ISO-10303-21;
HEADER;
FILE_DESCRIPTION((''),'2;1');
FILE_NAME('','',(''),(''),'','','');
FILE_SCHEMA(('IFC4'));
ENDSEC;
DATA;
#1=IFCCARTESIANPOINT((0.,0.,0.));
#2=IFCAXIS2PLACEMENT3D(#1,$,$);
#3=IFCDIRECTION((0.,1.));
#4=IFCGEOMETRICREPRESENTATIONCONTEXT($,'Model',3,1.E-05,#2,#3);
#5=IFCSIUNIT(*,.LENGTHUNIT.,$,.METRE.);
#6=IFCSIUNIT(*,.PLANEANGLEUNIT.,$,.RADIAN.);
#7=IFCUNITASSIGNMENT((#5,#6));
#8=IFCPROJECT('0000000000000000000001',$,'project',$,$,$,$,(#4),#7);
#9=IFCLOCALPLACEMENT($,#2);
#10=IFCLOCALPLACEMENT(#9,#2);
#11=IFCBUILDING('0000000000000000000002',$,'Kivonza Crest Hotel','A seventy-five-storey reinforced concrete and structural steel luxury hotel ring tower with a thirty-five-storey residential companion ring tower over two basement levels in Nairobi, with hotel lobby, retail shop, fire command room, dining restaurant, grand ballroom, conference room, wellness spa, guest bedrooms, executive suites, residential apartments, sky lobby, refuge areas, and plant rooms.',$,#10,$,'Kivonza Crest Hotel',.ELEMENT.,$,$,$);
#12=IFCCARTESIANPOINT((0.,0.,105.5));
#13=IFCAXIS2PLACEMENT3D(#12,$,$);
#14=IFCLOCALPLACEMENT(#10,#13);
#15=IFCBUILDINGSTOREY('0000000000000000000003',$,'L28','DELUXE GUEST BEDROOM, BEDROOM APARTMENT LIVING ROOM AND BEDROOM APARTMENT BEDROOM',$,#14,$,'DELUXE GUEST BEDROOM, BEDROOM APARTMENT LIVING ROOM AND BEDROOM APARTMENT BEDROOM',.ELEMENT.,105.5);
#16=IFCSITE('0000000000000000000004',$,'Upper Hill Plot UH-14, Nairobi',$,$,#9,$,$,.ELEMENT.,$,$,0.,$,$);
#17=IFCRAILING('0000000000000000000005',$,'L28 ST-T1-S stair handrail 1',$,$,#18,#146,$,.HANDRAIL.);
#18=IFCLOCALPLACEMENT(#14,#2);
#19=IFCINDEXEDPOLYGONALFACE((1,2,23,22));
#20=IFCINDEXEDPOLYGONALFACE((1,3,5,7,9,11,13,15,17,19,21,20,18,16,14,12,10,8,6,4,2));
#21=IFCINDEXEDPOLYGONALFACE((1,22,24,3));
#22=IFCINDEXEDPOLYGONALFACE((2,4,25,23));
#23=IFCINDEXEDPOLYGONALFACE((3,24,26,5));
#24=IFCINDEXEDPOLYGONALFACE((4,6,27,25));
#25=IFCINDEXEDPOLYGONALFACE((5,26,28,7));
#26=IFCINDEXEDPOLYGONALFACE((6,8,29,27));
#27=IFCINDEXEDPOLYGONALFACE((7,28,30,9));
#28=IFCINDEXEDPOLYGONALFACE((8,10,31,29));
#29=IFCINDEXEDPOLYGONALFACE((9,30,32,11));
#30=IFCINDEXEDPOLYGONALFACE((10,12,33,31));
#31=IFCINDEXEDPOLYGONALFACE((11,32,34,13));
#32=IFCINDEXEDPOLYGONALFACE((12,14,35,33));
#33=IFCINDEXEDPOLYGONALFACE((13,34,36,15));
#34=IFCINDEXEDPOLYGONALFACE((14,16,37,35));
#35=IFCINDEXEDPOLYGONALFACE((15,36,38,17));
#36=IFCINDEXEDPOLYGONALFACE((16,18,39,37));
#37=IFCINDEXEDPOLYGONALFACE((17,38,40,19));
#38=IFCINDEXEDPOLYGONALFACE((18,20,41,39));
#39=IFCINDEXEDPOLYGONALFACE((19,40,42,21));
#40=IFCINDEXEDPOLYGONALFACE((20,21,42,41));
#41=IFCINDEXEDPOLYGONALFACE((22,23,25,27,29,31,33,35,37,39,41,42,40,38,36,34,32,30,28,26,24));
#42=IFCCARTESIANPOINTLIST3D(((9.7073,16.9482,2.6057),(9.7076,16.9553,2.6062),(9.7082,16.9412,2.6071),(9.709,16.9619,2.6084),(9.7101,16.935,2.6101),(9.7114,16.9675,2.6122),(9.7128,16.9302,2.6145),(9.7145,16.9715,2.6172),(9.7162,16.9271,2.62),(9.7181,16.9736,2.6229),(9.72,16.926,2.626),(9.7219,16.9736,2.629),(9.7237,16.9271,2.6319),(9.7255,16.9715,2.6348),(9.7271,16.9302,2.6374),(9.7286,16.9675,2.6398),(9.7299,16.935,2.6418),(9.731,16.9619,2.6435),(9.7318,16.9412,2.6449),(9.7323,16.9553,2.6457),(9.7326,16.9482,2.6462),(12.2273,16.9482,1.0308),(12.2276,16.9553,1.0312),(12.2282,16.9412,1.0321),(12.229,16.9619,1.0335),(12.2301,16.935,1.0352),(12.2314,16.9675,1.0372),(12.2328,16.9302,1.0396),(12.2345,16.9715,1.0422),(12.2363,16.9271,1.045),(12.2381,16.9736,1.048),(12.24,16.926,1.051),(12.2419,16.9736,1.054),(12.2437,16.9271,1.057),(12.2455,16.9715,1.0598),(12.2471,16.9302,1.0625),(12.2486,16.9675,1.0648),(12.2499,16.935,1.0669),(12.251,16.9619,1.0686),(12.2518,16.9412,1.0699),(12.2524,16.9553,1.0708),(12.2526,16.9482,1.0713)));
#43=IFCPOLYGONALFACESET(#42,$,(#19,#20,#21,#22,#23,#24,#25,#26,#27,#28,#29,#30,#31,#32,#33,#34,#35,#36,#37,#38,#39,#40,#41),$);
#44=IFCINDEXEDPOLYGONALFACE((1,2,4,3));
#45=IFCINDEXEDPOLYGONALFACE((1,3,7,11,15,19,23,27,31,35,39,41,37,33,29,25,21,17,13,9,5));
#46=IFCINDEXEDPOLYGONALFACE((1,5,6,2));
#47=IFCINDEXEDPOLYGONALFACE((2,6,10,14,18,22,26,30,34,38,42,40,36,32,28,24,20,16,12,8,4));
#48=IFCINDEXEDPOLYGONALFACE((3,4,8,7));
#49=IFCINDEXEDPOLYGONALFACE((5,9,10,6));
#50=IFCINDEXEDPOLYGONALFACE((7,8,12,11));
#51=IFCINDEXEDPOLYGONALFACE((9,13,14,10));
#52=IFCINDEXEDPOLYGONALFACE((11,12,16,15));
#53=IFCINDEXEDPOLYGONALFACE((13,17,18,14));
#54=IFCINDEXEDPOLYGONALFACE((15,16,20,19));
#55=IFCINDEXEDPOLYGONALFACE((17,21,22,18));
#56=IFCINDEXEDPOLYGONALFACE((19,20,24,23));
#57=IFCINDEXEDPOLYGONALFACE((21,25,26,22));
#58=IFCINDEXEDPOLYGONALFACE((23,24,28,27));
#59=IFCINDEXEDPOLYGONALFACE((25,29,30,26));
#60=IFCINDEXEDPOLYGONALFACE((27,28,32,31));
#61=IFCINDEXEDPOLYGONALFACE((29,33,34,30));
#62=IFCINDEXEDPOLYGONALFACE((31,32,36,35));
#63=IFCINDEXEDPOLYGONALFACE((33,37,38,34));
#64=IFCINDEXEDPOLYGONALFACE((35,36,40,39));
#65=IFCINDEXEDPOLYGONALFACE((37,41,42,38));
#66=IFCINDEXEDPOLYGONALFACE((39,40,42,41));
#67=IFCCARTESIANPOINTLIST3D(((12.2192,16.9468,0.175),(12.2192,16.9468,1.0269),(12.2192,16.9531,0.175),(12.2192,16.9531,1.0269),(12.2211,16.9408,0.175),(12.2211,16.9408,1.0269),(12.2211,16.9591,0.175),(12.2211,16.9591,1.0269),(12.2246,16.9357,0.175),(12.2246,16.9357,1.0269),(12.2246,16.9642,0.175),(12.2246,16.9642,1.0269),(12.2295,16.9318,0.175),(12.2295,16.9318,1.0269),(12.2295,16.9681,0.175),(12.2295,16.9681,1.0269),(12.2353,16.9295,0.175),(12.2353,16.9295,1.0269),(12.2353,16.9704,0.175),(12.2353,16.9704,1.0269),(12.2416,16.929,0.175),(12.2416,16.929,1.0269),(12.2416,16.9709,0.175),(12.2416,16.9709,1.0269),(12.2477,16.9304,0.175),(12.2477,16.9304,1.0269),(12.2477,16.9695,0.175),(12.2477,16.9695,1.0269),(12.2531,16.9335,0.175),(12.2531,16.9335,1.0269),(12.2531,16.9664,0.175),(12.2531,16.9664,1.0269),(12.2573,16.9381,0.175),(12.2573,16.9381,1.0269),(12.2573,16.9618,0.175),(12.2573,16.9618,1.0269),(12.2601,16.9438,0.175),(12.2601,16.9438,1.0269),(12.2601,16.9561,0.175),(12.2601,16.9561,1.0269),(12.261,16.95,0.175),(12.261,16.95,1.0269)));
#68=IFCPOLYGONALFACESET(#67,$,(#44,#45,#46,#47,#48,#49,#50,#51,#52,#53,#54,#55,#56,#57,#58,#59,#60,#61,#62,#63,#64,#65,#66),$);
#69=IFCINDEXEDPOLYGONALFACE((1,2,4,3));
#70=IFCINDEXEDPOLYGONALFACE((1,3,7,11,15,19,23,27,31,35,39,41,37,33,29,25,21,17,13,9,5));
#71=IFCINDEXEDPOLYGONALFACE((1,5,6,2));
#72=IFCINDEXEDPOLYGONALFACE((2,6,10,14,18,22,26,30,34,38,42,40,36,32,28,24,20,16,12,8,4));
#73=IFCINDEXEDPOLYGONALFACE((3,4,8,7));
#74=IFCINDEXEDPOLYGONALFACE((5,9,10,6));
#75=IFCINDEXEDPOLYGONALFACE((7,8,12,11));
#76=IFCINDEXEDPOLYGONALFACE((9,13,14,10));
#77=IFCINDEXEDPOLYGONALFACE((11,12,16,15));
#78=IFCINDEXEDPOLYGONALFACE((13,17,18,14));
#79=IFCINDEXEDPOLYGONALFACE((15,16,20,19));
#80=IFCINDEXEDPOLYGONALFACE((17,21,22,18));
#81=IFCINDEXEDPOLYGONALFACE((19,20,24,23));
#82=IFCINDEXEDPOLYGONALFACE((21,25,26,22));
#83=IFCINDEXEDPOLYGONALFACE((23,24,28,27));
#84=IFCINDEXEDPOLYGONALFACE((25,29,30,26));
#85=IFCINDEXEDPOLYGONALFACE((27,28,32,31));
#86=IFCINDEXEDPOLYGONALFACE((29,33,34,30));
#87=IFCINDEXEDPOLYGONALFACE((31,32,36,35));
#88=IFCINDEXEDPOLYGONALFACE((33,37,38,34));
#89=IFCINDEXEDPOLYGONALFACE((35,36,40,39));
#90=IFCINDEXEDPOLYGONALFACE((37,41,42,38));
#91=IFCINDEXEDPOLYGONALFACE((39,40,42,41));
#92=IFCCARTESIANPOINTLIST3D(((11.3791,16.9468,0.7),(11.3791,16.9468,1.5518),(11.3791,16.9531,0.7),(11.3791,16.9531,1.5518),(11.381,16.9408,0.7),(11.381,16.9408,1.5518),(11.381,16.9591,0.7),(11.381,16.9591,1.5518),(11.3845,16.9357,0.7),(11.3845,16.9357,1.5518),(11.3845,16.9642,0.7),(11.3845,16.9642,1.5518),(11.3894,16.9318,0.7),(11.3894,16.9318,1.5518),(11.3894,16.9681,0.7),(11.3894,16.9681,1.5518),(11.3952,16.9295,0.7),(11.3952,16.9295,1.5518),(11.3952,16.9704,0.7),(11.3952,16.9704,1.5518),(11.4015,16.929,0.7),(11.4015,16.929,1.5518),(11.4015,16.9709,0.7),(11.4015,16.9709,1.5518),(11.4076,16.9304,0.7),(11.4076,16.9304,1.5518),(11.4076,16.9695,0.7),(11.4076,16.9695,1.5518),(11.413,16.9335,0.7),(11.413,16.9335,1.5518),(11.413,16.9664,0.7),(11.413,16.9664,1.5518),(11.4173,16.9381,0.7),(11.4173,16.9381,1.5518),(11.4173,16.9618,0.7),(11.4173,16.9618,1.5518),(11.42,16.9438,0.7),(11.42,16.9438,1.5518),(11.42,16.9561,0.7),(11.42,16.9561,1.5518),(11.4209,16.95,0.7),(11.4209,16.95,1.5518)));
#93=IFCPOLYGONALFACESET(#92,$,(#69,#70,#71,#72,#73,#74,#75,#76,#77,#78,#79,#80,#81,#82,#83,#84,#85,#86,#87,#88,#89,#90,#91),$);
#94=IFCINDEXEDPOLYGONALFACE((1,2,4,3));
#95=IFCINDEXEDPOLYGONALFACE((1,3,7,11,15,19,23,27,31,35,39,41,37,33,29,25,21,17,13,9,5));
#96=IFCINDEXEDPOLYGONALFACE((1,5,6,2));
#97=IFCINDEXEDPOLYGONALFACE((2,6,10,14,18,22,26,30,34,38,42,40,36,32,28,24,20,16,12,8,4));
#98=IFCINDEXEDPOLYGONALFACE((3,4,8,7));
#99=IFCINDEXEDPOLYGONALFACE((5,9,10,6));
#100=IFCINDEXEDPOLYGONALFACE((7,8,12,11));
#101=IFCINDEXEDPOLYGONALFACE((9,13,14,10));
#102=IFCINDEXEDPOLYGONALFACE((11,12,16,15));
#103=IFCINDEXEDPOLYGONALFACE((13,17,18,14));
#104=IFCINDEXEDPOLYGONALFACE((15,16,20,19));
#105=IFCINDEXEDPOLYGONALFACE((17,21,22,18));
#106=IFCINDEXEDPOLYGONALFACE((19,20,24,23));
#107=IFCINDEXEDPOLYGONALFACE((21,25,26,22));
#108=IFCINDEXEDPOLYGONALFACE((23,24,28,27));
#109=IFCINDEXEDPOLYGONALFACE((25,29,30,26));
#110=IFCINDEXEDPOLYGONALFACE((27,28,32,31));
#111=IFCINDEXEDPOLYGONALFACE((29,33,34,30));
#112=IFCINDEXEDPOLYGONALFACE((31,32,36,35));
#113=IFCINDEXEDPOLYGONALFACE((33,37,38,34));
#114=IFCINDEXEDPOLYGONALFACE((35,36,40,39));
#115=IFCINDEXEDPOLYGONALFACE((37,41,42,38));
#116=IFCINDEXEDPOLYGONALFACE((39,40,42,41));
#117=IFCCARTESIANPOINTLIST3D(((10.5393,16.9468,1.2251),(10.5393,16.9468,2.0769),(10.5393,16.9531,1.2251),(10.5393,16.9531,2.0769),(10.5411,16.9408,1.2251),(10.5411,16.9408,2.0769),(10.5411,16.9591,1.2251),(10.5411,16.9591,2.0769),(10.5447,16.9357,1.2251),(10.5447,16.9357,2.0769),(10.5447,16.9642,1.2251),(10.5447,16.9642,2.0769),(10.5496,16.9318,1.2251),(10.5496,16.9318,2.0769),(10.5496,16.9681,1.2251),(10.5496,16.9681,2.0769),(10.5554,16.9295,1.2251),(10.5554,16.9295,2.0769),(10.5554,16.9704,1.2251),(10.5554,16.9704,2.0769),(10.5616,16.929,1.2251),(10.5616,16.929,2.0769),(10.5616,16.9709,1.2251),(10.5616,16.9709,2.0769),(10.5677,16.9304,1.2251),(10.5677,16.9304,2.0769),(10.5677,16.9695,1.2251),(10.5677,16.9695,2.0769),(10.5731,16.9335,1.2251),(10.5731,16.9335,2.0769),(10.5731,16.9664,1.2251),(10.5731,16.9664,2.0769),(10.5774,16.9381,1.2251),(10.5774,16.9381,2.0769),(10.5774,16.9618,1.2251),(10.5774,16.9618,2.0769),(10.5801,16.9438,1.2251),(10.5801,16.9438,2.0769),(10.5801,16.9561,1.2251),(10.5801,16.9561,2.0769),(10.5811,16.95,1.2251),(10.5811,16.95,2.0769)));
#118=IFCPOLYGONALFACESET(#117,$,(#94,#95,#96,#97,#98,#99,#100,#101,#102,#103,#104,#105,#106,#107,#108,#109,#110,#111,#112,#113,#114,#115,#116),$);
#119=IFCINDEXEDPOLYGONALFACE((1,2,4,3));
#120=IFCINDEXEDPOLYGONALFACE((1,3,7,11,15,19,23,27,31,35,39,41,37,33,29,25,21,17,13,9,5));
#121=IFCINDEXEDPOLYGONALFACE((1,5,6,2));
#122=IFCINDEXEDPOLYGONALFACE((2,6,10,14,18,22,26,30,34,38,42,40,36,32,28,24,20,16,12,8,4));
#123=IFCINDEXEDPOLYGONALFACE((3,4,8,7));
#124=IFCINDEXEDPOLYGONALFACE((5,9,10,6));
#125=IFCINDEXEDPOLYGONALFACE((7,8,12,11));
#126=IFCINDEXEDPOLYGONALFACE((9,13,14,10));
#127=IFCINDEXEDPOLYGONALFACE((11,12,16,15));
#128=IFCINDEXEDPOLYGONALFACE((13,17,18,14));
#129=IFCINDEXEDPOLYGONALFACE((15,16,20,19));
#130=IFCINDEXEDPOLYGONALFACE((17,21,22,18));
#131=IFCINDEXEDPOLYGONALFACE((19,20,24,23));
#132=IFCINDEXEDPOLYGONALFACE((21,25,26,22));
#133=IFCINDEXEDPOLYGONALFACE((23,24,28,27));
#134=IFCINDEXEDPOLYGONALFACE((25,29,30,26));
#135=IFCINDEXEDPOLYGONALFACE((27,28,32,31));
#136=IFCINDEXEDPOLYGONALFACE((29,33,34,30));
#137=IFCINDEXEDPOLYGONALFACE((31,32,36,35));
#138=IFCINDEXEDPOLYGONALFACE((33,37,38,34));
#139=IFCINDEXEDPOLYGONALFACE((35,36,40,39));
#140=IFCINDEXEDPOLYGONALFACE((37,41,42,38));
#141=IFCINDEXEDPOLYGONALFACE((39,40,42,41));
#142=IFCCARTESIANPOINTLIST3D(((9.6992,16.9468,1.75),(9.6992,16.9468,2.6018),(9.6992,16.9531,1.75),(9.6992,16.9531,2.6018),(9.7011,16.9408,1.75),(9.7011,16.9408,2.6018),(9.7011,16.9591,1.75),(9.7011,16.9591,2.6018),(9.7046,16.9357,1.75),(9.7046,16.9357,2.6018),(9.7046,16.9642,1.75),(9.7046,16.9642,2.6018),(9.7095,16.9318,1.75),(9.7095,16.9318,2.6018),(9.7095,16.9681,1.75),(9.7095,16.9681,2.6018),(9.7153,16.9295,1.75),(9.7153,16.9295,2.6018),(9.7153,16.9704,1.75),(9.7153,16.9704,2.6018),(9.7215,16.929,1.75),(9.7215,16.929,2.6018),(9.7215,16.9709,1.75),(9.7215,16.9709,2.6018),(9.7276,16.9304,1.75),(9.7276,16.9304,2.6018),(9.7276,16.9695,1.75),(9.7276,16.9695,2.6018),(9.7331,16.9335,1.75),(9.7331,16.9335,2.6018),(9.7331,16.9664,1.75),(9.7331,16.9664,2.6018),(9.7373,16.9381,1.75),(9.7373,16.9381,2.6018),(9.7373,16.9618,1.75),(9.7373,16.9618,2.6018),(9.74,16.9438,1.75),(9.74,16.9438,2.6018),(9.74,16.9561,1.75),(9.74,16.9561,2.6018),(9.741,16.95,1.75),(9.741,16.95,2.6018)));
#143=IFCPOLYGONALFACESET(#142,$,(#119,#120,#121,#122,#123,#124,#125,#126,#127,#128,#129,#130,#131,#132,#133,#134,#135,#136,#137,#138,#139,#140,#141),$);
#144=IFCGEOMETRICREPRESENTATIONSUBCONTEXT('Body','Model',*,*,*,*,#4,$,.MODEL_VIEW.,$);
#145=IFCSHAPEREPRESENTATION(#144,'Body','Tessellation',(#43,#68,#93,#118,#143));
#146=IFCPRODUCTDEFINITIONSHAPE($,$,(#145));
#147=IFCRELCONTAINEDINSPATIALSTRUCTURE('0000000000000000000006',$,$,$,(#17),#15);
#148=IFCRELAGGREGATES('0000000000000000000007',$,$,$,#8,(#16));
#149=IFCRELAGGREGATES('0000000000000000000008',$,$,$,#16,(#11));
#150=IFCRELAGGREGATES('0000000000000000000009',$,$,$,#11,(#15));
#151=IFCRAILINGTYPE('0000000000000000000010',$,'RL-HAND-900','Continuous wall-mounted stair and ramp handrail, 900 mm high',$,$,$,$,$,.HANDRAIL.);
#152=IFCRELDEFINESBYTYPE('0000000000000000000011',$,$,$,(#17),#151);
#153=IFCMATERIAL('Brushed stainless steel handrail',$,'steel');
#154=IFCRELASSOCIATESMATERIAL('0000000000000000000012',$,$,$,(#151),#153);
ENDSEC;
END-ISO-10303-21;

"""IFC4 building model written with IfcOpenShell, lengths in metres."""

from ifc_helpers import new_model, si_unit, direction, frame, origin, origin_2d, place, context, subcontext, project, spatial, circle, extrude, material, type_object, element, save


model = new_model("IFC4")

# Units and contexts
model_context = context("Model", 3, precision=1e-05, world=origin(), true_north=direction((0.0, 1.0)))
body_context = subcontext(model_context, "Body", "Model", "MODEL_VIEW")
ifc_project = project(units=[si_unit("LENGTHUNIT", "METRE"), si_unit("PLANEANGLEUNIT", "RADIAN")], contexts=[model_context])

# Site, building, storey
site_placement = place(None, origin())
site = spatial("IfcSite", under=ifc_project, at=site_placement, Name="Upper Hill Plot UH-14, Nairobi", CompositionType="ELEMENT", RefElevation=0.0)
building_placement = place(site_placement, origin())
building = spatial("IfcBuilding", under=site, at=building_placement, Name="Kivonza Crest Hotel", Description="A seventy-five-storey reinforced concrete and structural steel luxury hotel ring tower with a thirty-five-storey residential companion ring tower over two basement levels in Nairobi, with hotel lobby, retail shop, fire command room, dining restaurant, grand ballroom, conference room, wellness spa, guest bedrooms, executive suites, residential apartments, sky lobby, refuge areas, and plant rooms.", LongName="Kivonza Crest Hotel", CompositionType="ELEMENT")
storey_placement = place(building_placement, frame((0.0, 0.0, 105.5)))
storey = spatial("IfcBuildingStorey", under=building, at=storey_placement, Name="L28", Description="DELUXE GUEST BEDROOM, BEDROOM APARTMENT LIVING ROOM AND BEDROOM APARTMENT BEDROOM", LongName="DELUXE GUEST BEDROOM, BEDROOM APARTMENT LIVING ROOM AND BEDROOM APARTMENT BEDROOM", CompositionType="ELEMENT", Elevation=105.5)

# Railing
ifc_material_1 = material(Name="Brushed stainless steel handrail", Category="steel")
railing_type_1 = type_object("IfcRailingType", Name="RL-HAND-900", Description="Continuous wall-mounted stair and ramp handrail, 900 mm high", PredefinedType="HANDRAIL", material=ifc_material_1)
railing_1_placement = place(storey_placement, frame((12.24, 16.95, 0.175)))
element("IfcRailing", 1, at=railing_1_placement, inside=storey, type_object=railing_type_1, Name="L28 ST-T1-S stair handrail 1", PredefinedType="HANDRAIL", context=body_context, shape_type="SweptSolid", body=[
    extrude(circle(Radius=0.0239, at=origin_2d()), frame((0.0, 0.0, 0.876), z_axis=(-0.848008, 0.0, 0.529984), x_axis=(0.0, -1.0, 0.0)), (0.0, 0.0, 1.0), 2.9717),
    extrude(circle(Radius=0.021, at=origin_2d()), origin(), (0.0, 0.0, 1.0), 0.8518),
    extrude(circle(Radius=0.021, at=origin_2d()), frame((-0.8401, 0.0, 0.5249)), (0.0, 0.0, 1.0), 0.8518),
    extrude(circle(Radius=0.021, at=origin_2d()), frame((-1.6799, 0.0, 1.05)), (0.0, 0.0, 1.0), 0.8518),
    extrude(circle(Radius=0.021, at=origin_2d()), frame((-2.52, 0.0, 1.575)), (0.0, 0.0, 1.0), 0.8518),
])

save(model, "model.ifc")
